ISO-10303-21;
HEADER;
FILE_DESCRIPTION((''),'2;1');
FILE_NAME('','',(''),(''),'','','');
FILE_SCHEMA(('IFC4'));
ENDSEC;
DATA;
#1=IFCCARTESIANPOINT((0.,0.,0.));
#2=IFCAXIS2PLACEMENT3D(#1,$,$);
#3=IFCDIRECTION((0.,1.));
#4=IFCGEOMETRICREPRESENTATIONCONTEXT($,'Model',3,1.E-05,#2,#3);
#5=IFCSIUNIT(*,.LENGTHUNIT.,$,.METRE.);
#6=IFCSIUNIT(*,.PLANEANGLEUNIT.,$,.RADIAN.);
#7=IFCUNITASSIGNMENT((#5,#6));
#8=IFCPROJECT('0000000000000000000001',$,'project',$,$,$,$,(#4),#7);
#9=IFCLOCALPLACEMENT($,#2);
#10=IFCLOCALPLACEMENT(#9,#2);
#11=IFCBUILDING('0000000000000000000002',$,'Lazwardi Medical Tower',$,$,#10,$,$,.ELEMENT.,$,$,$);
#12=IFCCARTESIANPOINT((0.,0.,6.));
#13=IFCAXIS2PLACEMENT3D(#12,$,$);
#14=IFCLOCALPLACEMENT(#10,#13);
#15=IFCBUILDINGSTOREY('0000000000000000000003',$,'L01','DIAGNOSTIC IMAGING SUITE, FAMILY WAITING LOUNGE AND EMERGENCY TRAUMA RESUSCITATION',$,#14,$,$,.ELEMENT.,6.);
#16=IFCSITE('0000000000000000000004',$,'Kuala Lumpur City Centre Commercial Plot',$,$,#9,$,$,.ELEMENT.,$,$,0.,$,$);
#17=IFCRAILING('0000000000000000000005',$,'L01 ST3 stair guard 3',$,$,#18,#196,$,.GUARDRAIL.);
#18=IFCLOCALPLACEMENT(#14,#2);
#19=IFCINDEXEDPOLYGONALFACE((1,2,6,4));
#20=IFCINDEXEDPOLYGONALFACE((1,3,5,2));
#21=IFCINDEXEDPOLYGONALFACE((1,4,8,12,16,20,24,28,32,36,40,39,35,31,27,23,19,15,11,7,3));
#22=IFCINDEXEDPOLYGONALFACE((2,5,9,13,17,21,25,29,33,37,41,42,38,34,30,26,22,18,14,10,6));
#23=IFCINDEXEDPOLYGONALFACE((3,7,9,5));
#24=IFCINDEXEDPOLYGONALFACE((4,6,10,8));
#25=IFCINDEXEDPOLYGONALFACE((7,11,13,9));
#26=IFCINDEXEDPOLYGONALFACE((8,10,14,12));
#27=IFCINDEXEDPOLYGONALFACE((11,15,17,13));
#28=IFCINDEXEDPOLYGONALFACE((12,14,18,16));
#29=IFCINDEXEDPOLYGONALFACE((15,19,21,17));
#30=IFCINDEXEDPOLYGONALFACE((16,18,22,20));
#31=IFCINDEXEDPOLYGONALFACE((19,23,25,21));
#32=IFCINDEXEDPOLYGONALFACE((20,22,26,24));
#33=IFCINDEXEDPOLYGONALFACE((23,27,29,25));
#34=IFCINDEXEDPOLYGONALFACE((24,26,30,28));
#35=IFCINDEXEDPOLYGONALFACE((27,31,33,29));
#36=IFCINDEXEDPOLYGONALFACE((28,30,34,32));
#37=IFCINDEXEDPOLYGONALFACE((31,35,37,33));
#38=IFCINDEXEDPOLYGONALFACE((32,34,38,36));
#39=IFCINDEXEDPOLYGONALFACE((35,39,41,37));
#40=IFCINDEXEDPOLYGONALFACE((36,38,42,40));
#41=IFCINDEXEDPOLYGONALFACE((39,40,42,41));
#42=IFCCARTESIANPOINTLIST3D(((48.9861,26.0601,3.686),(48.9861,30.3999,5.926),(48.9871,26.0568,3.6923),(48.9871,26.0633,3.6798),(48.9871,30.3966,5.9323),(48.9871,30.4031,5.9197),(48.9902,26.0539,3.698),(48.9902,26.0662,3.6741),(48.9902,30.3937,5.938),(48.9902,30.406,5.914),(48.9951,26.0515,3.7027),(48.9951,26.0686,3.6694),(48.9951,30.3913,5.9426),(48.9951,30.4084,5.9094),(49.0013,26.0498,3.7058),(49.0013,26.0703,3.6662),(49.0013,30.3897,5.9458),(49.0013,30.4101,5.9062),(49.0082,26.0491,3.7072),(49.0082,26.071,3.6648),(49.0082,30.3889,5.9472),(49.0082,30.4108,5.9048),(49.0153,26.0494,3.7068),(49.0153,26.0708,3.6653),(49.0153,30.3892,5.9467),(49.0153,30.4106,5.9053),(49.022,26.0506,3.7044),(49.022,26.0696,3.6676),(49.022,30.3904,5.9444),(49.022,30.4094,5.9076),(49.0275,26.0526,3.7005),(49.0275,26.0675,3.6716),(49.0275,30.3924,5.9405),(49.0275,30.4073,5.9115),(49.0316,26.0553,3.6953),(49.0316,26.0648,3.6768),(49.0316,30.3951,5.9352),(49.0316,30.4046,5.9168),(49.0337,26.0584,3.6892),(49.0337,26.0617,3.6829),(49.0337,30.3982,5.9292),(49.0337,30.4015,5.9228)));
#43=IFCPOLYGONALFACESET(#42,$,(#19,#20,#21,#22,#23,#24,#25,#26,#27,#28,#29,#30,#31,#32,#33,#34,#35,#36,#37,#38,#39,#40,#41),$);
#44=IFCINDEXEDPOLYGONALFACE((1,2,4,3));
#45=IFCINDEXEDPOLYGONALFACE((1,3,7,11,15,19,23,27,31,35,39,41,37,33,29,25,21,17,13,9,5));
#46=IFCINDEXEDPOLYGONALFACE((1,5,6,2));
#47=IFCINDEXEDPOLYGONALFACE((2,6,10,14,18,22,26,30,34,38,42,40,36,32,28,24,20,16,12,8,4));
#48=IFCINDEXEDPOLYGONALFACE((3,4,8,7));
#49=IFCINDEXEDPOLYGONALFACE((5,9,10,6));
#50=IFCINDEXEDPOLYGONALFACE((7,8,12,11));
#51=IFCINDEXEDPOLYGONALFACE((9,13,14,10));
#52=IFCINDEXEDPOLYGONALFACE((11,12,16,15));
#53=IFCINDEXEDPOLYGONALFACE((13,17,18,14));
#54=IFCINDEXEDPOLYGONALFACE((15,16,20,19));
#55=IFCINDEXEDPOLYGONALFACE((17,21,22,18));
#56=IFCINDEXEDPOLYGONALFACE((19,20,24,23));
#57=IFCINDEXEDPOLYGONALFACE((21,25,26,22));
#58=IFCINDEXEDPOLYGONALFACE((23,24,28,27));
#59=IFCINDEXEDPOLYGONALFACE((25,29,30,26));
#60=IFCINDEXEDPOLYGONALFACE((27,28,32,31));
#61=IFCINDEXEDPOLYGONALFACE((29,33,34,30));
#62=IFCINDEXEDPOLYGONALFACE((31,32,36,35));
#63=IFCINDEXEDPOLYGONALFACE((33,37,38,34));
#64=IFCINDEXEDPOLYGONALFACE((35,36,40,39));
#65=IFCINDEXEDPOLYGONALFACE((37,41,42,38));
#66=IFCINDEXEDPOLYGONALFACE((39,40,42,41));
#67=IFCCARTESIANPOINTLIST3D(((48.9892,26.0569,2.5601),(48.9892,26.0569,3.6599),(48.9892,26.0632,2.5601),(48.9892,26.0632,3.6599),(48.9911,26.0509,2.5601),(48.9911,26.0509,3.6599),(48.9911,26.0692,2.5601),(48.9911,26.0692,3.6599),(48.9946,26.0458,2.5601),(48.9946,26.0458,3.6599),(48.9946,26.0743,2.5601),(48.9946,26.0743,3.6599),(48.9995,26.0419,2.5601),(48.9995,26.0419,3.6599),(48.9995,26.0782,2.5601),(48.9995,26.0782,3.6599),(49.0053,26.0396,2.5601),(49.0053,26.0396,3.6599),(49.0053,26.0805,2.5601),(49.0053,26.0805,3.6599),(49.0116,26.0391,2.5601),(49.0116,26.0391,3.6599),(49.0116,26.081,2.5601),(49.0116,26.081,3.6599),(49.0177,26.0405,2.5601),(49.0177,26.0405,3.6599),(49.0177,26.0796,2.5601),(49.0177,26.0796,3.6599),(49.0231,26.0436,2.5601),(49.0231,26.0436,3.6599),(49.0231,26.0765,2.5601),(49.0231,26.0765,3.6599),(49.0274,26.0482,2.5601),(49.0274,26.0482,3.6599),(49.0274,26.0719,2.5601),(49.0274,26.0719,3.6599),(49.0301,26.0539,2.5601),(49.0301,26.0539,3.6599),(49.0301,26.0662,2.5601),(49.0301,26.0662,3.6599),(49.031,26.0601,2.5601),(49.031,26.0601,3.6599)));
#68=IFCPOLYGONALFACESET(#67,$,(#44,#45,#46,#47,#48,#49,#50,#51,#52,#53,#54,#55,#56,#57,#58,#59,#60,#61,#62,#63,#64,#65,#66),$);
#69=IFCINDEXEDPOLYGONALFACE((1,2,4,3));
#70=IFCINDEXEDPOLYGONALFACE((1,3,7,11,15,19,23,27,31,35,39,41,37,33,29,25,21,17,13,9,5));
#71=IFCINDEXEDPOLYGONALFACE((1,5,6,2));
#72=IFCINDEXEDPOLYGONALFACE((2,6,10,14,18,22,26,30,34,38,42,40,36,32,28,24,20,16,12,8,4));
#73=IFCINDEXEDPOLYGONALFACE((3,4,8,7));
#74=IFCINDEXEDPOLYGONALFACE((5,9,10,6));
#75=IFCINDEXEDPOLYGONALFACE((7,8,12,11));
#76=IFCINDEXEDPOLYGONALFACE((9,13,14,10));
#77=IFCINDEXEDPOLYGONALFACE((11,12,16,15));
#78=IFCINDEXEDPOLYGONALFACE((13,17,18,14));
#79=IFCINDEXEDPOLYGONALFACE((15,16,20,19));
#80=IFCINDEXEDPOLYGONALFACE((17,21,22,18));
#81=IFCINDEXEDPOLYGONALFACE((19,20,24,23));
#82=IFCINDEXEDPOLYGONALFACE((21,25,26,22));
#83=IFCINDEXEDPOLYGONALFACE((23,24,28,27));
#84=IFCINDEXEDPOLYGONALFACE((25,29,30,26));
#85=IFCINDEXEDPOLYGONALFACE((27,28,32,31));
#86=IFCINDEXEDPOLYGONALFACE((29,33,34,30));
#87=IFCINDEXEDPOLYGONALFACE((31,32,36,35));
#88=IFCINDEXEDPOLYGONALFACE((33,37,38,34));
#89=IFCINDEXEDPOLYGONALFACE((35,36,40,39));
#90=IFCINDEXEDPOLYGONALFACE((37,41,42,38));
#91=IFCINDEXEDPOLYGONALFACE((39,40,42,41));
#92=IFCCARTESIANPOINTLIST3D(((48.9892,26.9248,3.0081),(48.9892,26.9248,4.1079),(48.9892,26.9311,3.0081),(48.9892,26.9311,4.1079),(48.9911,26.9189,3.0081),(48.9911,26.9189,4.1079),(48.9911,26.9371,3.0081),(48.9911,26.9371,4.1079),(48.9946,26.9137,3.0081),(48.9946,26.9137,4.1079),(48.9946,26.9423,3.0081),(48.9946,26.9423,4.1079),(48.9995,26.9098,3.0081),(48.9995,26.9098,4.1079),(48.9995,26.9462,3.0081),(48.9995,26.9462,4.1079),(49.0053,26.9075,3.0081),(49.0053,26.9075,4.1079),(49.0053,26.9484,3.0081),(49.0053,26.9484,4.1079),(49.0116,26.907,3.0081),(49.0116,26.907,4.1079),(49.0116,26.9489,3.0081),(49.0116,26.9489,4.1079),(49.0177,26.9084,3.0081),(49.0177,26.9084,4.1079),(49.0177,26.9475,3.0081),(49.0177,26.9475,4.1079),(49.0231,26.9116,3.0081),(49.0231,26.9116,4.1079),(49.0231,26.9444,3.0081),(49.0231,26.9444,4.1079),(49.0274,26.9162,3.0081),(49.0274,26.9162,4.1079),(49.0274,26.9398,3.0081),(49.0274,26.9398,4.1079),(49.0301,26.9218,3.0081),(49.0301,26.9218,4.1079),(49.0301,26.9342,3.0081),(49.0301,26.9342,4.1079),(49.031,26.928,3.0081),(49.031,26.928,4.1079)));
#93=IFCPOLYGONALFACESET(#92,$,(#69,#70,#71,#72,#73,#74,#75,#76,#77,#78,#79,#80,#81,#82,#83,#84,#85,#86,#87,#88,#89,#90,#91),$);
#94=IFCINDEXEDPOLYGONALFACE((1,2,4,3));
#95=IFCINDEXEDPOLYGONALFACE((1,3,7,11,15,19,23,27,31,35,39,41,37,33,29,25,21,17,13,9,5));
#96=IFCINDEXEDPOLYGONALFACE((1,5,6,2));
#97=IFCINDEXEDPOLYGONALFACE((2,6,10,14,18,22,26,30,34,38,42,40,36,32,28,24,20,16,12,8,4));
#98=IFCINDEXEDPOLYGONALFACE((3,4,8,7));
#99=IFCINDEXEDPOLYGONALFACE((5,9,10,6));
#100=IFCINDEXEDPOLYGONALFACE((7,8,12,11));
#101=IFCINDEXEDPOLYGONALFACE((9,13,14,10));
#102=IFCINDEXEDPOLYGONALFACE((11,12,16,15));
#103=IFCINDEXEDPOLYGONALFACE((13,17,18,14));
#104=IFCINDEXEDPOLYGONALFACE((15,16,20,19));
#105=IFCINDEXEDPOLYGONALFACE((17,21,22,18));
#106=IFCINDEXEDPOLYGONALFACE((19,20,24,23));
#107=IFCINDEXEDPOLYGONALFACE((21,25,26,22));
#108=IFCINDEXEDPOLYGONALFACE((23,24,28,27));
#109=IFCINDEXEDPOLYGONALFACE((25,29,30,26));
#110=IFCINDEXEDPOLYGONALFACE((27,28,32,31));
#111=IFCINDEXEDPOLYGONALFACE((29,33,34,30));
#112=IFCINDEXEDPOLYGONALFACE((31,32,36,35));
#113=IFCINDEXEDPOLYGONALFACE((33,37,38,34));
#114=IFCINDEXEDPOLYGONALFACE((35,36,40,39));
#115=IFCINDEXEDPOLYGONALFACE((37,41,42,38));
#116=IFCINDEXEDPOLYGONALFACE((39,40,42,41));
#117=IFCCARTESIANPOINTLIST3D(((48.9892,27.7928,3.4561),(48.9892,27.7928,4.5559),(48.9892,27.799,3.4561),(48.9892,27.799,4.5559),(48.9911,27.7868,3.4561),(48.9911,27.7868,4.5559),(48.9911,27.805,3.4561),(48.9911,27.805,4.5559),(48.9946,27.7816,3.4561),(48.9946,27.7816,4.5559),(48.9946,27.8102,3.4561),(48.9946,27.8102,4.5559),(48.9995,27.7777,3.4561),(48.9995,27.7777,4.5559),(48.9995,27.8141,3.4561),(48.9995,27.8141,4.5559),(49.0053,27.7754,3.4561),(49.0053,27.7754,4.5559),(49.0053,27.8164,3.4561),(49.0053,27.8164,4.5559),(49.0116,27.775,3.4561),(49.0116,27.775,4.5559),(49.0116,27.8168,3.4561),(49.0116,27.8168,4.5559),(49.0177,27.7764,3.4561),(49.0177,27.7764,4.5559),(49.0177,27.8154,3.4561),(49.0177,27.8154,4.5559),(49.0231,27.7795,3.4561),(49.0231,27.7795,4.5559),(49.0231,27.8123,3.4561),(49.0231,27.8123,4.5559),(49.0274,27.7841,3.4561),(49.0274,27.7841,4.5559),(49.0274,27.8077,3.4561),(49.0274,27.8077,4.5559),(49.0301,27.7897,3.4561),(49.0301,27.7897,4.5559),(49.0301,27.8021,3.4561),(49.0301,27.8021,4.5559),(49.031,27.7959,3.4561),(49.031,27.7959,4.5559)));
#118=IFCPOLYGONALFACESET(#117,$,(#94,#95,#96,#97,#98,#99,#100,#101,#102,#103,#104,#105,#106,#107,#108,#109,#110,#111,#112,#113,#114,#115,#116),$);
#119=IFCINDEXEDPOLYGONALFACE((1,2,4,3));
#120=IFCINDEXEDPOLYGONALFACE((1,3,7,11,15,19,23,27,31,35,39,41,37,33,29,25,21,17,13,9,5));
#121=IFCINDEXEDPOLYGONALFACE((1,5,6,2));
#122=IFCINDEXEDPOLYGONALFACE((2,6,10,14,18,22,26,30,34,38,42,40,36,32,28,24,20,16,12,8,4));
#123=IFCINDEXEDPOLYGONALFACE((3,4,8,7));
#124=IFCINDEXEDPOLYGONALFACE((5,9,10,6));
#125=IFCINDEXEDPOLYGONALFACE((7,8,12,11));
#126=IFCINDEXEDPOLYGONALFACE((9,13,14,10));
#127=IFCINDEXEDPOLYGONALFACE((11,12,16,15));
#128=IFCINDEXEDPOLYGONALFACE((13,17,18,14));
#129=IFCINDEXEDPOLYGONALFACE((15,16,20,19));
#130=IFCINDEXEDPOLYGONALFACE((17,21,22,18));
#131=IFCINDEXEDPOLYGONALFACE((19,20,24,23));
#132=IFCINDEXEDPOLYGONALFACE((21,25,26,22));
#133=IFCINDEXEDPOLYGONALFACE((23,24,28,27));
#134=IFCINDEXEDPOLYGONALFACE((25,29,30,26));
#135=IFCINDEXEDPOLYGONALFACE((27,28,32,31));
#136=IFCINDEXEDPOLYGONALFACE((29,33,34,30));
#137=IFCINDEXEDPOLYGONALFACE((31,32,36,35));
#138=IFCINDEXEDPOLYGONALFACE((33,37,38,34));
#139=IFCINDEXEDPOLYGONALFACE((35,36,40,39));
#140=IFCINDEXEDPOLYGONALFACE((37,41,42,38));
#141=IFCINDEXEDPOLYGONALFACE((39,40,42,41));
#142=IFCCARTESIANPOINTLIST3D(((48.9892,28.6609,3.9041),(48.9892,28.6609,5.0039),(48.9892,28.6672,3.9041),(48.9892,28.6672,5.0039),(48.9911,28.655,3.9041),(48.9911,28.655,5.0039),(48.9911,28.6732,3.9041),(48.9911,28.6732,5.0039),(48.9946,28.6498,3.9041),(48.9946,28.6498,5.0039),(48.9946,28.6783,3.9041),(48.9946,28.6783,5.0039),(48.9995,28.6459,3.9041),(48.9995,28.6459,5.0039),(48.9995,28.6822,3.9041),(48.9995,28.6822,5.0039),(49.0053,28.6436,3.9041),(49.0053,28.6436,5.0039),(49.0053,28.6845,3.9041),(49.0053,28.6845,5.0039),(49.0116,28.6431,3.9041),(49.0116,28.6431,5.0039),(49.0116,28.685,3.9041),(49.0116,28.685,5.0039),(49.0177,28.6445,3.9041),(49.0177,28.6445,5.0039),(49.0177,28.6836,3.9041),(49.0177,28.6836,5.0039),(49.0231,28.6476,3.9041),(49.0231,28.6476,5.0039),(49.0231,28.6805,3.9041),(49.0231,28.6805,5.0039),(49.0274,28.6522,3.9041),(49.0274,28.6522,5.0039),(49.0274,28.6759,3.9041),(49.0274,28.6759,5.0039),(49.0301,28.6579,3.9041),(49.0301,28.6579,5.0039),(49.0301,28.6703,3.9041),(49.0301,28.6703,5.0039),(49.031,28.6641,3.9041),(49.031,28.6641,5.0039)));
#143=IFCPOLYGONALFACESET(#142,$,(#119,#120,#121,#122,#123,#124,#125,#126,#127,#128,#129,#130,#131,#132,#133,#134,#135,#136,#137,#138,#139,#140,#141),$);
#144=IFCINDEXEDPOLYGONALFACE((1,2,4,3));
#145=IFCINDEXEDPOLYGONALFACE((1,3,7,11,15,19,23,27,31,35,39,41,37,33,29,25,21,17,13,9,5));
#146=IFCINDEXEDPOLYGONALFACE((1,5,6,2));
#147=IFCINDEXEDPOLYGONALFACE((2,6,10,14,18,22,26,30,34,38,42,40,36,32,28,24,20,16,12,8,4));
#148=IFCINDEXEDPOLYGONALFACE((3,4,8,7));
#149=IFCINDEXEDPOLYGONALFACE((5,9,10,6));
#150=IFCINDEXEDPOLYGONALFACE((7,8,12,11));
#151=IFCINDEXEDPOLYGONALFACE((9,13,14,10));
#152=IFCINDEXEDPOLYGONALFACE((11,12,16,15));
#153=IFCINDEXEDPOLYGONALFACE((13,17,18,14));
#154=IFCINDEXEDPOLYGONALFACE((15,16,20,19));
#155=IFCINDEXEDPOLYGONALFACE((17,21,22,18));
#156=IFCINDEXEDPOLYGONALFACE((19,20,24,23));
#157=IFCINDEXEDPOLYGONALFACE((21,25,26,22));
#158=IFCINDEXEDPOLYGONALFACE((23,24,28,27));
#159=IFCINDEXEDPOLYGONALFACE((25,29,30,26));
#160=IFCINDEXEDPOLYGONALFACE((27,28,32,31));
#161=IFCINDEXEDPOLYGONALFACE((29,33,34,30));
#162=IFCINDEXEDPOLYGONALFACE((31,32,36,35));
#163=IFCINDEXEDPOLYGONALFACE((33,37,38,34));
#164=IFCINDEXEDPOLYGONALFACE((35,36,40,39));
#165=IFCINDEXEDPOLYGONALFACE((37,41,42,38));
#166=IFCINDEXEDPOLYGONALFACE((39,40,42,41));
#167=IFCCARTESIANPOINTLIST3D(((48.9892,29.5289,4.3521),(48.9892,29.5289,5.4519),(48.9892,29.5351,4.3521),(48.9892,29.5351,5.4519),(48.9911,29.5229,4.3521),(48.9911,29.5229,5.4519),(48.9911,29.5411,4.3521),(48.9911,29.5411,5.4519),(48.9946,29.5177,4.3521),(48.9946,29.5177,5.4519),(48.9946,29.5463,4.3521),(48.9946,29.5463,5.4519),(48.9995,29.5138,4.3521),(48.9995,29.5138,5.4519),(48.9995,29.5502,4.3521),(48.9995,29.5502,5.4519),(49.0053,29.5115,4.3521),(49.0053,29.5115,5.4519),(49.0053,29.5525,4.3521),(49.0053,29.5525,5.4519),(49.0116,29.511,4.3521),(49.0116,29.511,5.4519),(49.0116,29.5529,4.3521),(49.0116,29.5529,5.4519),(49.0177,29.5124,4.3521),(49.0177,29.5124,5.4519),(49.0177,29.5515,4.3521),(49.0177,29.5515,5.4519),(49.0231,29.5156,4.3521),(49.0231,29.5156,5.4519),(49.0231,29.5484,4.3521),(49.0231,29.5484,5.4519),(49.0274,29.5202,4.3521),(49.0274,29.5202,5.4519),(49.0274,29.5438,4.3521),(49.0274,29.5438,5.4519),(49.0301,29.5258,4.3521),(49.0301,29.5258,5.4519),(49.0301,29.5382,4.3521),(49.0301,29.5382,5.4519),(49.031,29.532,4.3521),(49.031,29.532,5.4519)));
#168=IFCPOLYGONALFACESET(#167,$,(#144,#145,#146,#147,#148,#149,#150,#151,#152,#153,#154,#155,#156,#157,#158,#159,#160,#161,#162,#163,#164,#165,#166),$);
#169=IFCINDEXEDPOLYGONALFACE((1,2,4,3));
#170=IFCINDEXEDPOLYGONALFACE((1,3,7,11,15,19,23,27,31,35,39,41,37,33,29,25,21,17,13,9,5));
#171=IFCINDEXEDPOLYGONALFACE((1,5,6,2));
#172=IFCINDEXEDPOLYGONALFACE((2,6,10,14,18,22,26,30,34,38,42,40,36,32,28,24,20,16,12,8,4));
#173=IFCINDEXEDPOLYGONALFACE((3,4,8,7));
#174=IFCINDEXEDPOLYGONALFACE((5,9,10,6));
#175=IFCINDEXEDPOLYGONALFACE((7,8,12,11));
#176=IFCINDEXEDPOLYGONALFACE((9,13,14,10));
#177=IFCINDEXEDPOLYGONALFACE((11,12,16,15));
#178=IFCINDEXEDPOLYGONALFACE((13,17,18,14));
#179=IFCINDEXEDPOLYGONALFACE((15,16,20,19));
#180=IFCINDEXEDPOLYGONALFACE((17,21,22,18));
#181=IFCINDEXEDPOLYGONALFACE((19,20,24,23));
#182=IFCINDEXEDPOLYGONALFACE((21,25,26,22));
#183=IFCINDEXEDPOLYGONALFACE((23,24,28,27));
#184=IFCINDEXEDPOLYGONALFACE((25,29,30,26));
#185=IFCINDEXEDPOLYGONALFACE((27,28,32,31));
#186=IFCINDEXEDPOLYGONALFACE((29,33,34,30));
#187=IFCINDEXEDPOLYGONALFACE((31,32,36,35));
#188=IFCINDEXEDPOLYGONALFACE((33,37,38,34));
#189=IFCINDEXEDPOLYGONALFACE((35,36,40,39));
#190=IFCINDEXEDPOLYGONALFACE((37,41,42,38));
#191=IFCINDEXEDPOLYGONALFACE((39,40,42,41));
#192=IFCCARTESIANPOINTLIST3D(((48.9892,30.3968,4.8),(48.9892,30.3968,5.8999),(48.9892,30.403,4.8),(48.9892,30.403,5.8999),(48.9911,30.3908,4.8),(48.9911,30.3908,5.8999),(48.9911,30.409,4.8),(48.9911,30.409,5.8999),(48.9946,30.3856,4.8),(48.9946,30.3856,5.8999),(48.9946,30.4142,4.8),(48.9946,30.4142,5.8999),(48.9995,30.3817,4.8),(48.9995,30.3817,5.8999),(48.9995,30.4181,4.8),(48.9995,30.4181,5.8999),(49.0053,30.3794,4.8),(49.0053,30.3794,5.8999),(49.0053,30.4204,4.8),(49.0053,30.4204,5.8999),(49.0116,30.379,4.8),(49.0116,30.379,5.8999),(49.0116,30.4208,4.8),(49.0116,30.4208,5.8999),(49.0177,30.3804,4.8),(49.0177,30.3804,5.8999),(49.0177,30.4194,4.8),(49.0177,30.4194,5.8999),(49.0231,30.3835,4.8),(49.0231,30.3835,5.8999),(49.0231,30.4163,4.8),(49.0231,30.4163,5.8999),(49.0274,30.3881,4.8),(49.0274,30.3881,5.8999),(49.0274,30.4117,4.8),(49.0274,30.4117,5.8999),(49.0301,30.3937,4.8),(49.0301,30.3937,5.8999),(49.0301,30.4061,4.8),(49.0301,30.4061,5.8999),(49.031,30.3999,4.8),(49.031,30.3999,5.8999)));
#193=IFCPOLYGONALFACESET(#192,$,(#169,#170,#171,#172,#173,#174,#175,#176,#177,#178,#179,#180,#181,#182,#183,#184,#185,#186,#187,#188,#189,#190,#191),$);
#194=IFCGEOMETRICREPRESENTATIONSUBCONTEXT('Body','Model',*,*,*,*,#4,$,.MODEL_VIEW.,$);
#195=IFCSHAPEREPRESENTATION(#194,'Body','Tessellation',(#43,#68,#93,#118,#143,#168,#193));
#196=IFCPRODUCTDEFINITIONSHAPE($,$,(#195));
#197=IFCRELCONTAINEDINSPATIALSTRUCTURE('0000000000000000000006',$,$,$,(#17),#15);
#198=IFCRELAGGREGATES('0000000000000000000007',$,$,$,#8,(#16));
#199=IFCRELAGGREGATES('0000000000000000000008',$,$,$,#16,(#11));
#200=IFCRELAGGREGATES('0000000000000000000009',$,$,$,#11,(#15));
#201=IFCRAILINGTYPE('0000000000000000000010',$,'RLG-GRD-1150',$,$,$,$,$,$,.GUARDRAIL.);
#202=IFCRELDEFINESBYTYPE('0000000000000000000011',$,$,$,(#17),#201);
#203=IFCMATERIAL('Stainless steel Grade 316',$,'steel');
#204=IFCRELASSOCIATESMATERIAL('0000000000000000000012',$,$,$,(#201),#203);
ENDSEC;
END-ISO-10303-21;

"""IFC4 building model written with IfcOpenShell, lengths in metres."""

from ifc_helpers import new_model, si_unit, direction, frame, origin, origin_2d, place, context, subcontext, project, spatial, circle, extrude, material, type_object, element, save


model = new_model("IFC4")

# Units and contexts
model_context = context("Model", 3, precision=1e-05, world=origin(), true_north=direction((0.0, 1.0)))
body_context = subcontext(model_context, "Body", "Model", "MODEL_VIEW")
ifc_project = project(units=[si_unit("LENGTHUNIT", "METRE"), si_unit("PLANEANGLEUNIT", "RADIAN")], contexts=[model_context])

# Site, building, storey
site_placement = place(None, origin())
site = spatial("IfcSite", under=ifc_project, at=site_placement, Name="Kuala Lumpur City Centre Commercial Plot", CompositionType="ELEMENT", RefElevation=0.0)
building_placement = place(site_placement, origin())
building = spatial("IfcBuilding", under=site, at=building_placement, Name="Lazwardi Medical Tower", CompositionType="ELEMENT")
storey_placement = place(building_placement, frame((0.0, 0.0, 6.0)))
storey = spatial("IfcBuildingStorey", under=building, at=storey_placement, Name="L01", Description="DIAGNOSTIC IMAGING SUITE, FAMILY WAITING LOUNGE AND EMERGENCY TRAUMA RESUSCITATION", CompositionType="ELEMENT", Elevation=6.0)

# Railing
ifc_material_1 = material(Name="Stainless steel Grade 316", Category="steel")
railing_type_1 = type_object("IfcRailingType", Name="RLG-GRD-1150", PredefinedType="GUARDRAIL", material=ifc_material_1)
railing_1_placement = place(storey_placement, frame((49.01, 26.0601, 2.5601)))
element("IfcRailing", 1, at=railing_1_placement, inside=storey, type_object=railing_type_1, Name="L01 ST3 stair guard 3", PredefinedType="GUARDRAIL", context=body_context, shape_type="SweptSolid", body=[
    extrude(circle(Radius=0.0239, at=origin_2d()), frame((0.0, 0.0, 1.126), z_axis=(0.0, 0.888615, 0.458654), x_axis=(-1.0, 0.0, 0.0)), (0.0, 0.0, 1.0), 4.8838),
    extrude(circle(Radius=0.021, at=origin_2d()), origin(), (0.0, 0.0, 1.0), 1.0999),
    extrude(circle(Radius=0.021, at=origin_2d()), frame((0.0, 0.8679, 0.448)), (0.0, 0.0, 1.0), 1.0999),
    extrude(circle(Radius=0.021, at=origin_2d()), frame((0.0, 1.7358, 0.896)), (0.0, 0.0, 1.0), 1.0999),
    extrude(circle(Radius=0.021, at=origin_2d()), frame((0.0, 2.604, 1.344)), (0.0, 0.0, 1.0), 1.0999),
    extrude(circle(Radius=0.021, at=origin_2d()), frame((0.0, 3.4719, 1.792)), (0.0, 0.0, 1.0), 1.0999),
    extrude(circle(Radius=0.021, at=origin_2d()), frame((0.0, 4.3398, 2.24)), (0.0, 0.0, 1.0), 1.0999),
])

save(model, "model.ifc")
